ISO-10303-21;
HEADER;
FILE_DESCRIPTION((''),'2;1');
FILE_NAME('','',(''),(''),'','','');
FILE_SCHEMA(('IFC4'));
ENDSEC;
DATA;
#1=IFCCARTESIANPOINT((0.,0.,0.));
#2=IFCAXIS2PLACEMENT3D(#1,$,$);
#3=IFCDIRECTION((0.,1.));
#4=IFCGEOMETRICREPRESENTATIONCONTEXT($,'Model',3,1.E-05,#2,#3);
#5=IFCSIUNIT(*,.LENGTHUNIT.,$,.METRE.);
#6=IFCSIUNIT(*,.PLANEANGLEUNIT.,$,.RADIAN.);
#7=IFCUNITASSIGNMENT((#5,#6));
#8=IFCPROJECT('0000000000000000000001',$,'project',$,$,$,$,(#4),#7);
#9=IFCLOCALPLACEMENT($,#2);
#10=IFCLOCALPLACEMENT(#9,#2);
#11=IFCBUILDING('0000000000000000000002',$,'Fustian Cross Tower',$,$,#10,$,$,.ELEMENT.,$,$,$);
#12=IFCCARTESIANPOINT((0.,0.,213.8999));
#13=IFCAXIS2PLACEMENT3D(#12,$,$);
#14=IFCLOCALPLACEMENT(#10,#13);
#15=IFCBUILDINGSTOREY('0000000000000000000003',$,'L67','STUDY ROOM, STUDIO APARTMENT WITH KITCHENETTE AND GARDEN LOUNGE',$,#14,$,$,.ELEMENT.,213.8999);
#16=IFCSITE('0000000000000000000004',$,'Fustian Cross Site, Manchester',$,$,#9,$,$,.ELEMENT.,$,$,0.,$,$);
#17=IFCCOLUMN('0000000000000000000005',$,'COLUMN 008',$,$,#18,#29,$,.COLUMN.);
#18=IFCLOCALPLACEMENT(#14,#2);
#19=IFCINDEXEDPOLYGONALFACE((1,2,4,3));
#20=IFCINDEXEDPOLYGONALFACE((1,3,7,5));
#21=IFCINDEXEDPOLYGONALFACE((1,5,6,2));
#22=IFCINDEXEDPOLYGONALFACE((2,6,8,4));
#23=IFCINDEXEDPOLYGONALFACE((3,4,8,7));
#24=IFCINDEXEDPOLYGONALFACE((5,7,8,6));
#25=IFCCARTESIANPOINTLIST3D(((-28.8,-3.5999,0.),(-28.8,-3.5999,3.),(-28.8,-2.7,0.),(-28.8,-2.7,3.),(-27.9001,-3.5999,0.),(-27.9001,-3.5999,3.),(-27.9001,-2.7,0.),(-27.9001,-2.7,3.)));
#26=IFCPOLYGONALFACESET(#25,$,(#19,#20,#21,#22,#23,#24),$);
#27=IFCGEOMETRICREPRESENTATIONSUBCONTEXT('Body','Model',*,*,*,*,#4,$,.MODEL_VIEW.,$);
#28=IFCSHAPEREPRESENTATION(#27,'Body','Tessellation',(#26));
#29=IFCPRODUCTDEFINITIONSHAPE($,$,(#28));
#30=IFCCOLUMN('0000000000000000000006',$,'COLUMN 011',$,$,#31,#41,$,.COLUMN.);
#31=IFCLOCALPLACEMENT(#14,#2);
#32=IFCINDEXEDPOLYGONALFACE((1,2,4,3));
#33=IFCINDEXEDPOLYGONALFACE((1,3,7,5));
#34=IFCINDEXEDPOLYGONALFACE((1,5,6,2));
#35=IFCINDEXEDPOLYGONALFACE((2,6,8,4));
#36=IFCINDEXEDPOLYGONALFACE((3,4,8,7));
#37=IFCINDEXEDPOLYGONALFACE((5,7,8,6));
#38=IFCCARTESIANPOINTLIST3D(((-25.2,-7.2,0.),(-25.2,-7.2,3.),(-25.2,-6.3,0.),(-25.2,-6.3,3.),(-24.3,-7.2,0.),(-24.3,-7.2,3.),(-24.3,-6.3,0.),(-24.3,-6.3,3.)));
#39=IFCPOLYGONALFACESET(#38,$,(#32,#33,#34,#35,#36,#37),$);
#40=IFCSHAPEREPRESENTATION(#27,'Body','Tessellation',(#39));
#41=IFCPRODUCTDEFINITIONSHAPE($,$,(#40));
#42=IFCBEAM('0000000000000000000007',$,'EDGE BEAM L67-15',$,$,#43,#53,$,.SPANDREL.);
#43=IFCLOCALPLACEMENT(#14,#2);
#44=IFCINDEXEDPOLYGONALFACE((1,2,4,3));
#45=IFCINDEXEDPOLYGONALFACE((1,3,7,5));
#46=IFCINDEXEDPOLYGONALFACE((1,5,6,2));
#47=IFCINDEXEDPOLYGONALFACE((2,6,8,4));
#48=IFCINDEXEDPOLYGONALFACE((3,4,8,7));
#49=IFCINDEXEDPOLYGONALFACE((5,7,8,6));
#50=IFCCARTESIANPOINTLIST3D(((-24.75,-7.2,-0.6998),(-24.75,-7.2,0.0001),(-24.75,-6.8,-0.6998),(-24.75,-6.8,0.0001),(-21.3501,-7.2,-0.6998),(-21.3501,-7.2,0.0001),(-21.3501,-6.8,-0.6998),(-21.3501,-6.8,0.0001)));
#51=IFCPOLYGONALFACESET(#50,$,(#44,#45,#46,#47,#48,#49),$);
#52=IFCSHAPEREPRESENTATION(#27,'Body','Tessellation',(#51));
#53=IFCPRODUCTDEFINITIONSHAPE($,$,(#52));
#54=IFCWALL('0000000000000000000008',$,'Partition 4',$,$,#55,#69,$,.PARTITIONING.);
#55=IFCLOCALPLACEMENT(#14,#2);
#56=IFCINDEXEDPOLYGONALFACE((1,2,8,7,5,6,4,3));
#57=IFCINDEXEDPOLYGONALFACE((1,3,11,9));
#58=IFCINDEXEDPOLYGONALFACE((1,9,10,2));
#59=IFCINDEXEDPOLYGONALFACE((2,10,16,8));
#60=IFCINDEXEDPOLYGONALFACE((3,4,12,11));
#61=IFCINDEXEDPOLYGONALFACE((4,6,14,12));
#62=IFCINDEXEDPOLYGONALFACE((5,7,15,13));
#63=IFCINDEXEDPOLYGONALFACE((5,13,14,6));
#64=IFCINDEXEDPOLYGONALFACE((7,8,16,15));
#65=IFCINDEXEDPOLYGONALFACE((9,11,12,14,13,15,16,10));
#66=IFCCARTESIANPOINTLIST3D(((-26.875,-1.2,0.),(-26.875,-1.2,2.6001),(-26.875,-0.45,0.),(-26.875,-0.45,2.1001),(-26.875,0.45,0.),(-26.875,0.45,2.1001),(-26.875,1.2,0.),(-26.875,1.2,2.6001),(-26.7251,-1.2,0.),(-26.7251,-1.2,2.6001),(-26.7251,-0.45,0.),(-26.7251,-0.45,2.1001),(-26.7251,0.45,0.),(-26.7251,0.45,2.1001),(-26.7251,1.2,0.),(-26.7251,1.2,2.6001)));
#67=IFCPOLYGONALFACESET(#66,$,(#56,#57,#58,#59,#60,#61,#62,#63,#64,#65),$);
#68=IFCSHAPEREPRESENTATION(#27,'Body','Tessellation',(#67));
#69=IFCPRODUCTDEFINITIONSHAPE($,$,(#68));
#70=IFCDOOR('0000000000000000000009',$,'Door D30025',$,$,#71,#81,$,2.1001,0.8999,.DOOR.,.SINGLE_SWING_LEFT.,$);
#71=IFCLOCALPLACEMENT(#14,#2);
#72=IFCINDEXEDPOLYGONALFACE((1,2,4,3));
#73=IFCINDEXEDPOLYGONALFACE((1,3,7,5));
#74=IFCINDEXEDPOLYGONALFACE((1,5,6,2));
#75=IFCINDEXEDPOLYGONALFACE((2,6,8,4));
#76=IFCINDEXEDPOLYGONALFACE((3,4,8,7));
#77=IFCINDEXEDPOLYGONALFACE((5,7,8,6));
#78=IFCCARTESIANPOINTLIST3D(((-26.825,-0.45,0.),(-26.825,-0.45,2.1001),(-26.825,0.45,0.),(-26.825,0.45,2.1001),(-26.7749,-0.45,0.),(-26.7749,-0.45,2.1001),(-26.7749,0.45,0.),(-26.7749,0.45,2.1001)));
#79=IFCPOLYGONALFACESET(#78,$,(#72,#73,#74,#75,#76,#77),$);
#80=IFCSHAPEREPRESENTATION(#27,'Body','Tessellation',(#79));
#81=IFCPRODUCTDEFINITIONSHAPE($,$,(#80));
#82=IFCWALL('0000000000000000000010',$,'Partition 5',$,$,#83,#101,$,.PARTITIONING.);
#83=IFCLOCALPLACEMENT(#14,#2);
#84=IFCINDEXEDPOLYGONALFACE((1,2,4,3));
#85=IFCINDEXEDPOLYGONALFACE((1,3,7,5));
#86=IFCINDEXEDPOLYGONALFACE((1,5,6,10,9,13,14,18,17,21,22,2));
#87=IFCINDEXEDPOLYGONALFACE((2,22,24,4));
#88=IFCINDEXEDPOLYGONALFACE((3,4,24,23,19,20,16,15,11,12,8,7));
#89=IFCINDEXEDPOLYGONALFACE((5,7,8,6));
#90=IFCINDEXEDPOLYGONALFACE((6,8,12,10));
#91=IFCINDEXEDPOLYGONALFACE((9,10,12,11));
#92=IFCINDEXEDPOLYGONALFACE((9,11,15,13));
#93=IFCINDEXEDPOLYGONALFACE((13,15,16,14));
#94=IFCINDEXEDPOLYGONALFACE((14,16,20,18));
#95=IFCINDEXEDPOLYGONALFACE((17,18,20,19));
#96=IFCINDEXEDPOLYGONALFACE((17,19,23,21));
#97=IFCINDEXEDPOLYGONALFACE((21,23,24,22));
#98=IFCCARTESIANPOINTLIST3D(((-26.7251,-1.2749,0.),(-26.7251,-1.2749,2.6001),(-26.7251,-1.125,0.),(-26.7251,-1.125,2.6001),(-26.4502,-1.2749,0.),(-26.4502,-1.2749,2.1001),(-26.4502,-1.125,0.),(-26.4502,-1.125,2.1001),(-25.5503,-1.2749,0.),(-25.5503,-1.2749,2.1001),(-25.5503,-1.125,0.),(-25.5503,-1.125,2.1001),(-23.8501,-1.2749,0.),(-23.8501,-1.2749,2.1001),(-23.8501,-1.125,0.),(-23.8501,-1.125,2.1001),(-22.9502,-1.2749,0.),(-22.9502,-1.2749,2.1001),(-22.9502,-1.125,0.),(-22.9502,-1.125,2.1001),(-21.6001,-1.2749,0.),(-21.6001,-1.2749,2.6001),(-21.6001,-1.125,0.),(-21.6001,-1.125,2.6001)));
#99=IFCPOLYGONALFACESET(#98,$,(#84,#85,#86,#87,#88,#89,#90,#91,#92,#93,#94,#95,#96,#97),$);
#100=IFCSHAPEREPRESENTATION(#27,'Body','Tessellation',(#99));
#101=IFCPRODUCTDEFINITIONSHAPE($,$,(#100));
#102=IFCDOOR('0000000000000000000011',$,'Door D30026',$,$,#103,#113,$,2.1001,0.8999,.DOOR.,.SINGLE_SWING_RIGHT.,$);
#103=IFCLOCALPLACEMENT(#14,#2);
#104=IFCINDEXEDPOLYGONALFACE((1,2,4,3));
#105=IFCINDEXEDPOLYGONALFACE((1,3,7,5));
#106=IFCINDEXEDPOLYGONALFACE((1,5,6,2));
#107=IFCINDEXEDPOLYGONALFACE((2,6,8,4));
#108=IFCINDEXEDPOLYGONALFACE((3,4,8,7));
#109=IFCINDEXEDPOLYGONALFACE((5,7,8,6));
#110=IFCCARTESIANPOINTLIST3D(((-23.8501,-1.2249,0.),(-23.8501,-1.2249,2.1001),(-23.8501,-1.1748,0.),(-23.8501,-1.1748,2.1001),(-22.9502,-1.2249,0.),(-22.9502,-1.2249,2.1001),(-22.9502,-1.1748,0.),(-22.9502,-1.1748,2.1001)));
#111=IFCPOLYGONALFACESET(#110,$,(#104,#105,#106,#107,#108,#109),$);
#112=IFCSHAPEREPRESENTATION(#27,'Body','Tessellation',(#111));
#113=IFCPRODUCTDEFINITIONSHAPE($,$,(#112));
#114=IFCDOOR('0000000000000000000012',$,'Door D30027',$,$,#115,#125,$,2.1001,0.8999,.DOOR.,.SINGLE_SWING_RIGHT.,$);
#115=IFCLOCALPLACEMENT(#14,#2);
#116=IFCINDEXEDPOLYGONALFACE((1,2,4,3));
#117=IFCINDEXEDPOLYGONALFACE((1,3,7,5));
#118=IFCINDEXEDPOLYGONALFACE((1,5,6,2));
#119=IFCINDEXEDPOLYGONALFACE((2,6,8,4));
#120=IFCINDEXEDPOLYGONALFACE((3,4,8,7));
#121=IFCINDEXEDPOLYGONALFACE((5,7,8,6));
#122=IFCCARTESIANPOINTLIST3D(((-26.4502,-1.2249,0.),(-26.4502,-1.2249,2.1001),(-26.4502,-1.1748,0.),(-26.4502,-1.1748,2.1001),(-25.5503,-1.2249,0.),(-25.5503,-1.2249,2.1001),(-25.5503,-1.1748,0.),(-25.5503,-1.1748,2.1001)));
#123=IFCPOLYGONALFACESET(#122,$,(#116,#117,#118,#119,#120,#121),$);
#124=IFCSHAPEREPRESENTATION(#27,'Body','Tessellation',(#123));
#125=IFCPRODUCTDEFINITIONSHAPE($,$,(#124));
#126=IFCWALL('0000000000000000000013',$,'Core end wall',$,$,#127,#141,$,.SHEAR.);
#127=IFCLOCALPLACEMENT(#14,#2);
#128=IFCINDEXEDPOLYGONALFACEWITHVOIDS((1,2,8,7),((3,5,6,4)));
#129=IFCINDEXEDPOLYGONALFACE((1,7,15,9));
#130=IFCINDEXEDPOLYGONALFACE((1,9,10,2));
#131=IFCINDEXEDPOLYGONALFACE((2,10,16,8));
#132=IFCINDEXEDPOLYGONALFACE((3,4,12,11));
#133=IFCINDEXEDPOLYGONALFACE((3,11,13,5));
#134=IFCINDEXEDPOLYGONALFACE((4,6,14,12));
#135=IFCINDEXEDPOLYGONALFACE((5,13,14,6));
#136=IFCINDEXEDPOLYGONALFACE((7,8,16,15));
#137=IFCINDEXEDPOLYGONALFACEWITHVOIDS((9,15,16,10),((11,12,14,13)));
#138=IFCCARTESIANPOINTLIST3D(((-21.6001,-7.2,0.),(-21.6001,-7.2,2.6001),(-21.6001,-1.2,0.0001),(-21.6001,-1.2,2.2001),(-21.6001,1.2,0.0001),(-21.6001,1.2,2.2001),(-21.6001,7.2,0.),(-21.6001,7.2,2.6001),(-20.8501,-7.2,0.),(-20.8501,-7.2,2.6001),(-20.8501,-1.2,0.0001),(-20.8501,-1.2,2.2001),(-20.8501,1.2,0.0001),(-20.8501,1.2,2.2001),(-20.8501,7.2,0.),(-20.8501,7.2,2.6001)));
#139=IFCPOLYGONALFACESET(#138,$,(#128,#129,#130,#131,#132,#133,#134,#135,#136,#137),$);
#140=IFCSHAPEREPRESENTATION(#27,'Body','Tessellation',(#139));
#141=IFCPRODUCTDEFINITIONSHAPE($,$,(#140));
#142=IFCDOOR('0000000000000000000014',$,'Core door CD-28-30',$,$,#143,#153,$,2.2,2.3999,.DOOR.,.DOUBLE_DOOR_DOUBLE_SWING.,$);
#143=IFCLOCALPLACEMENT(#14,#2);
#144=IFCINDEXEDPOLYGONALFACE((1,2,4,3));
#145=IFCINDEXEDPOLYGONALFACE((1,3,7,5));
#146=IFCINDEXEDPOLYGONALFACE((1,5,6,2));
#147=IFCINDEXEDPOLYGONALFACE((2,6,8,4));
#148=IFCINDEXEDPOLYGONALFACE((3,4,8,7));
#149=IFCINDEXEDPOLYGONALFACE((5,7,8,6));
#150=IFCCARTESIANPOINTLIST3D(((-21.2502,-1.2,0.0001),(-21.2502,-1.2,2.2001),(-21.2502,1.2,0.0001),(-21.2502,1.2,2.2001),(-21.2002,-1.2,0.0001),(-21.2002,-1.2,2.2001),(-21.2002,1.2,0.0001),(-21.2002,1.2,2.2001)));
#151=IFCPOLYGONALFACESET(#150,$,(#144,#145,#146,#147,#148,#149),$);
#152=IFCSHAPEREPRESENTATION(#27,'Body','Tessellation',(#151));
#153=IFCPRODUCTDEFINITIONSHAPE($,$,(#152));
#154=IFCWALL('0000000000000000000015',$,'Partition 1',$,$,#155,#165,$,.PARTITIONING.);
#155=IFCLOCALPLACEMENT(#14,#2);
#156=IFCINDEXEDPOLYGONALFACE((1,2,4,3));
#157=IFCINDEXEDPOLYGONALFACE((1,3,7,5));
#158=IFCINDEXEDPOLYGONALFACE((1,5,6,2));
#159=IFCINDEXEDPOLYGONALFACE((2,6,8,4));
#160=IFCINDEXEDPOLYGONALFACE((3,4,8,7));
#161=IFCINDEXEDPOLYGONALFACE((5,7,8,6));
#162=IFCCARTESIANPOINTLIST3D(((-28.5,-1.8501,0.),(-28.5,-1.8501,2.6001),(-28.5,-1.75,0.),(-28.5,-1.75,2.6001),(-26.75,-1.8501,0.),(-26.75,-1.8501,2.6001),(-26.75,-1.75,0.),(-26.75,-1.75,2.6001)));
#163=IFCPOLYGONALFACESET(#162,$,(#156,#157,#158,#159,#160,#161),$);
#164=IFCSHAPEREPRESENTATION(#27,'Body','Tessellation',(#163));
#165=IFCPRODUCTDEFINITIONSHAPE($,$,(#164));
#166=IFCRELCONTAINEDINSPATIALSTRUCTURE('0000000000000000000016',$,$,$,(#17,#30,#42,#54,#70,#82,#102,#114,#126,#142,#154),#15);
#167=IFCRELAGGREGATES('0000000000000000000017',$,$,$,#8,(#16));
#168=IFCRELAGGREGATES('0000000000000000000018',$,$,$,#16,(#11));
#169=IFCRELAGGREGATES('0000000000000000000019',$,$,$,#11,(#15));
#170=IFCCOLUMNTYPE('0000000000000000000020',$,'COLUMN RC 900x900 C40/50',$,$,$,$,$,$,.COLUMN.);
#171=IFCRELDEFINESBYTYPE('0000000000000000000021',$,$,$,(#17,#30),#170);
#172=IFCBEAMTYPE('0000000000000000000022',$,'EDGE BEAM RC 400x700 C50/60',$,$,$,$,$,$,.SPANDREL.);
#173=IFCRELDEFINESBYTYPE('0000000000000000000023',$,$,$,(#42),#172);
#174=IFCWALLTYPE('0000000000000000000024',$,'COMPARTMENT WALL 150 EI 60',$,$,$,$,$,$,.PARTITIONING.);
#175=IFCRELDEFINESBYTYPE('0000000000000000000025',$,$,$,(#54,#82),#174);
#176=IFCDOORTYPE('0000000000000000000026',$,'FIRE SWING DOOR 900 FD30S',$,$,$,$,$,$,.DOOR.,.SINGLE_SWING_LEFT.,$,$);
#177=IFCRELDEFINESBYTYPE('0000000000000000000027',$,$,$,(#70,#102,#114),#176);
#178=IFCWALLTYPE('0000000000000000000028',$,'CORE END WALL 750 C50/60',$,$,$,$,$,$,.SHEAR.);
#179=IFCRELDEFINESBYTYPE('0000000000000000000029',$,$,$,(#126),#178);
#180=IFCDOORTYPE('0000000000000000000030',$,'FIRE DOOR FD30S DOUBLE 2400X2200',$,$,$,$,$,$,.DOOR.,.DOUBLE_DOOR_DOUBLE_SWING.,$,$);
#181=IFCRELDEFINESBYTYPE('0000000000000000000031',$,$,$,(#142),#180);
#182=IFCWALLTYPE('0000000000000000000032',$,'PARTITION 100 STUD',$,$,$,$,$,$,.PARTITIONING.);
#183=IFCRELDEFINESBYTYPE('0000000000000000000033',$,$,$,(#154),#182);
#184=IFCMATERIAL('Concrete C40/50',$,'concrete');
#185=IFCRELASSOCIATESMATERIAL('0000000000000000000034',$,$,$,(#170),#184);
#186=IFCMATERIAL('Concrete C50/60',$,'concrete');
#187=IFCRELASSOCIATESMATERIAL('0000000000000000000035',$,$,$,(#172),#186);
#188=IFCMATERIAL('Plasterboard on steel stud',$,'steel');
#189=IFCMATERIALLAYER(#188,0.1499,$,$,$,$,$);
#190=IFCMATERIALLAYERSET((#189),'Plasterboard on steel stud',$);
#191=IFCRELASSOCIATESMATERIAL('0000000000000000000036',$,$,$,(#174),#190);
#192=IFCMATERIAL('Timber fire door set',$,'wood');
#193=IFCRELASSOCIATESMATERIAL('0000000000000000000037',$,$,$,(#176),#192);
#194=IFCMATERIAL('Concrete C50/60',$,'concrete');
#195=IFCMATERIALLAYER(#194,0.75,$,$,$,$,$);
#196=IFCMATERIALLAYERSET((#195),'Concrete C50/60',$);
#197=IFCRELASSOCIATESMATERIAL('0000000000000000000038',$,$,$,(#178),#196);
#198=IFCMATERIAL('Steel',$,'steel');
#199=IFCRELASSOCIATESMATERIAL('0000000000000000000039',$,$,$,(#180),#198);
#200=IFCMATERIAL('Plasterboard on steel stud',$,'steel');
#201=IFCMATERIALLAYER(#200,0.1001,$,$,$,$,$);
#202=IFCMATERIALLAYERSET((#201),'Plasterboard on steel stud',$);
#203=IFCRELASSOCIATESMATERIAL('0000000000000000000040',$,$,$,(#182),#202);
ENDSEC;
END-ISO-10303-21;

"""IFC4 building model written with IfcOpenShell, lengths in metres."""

from ifc_helpers import new_model, si_unit, direction, frame, frame_2d, origin, origin_2d, place, context, subcontext, project, spatial, rectangle, extrude, material, layer, layer_set, material_profile, profile_set, type_object, element, fill, save


model = new_model("IFC4")

# Units and contexts
model_context = context("Model", 3, precision=1e-05, world=origin(), true_north=direction((0.0, 1.0)))
body_context = subcontext(model_context, "Body", "Model", "MODEL_VIEW")
ifc_project = project(units=[si_unit("LENGTHUNIT", "METRE"), si_unit("PLANEANGLEUNIT", "RADIAN")], contexts=[model_context])

# Site, building, storey
site_placement = place(None, origin())
site = spatial("IfcSite", under=ifc_project, at=site_placement, Name="Fustian Cross Site, Manchester", CompositionType="ELEMENT", RefElevation=0.0)
building_placement = place(site_placement, origin())
building = spatial("IfcBuilding", under=site, at=building_placement, Name="Fustian Cross Tower", CompositionType="ELEMENT")
storey_placement = place(building_placement, frame((0.0, 0.0, 213.8999)))
storey = spatial("IfcBuildingStorey", under=building, at=storey_placement, Name="L67", Description="STUDY ROOM, STUDIO APARTMENT WITH KITCHENETTE AND GARDEN LOUNGE", CompositionType="ELEMENT", Elevation=213.8999)

# Columns
ifc_material_1 = material(Name="Concrete C40/50", Category="concrete")
ifc_material_profile_1 = material_profile(ifc_material_1, rectangle(XDim=0.8999, YDim=0.8999, at=origin_2d()), Name="RC 900x900")
ifc_profile_set_1 = profile_set([ifc_material_profile_1], Name="Concrete C40/50")
column_type = type_object("IfcColumnType", Name="COLUMN RC 900x900 C40/50", PredefinedType="COLUMN", material=ifc_profile_set_1)
for number, where, z_axis, x_axis, name in (
    (1, (-28.3501, -3.1499, 0.0), (0.0, 0.0, 1.0), (1.0, 0.0, 0.0), "COLUMN 008"),
    (2, (-24.75, -6.75, 0.0), (0.0, 0.0, 1.0), (1.0, 0.0, 0.0), "COLUMN 011"),
):
    element("IfcColumn", number, at=place(storey_placement, frame(where, z_axis=z_axis, x_axis=x_axis)), inside=storey, type_object=column_type, Name=name, PredefinedType="COLUMN", context=body_context, shape_type="SweptSolid", body=[
        extrude(rectangle(XDim=0.8999, YDim=0.8999, at=origin_2d()), origin(), (0.0, 0.0, 1.0), 3.0),
    ])

# Beam
ifc_material_2 = material(Name="Concrete C50/60", Category="concrete")
ifc_material_profile_2 = material_profile(ifc_material_2, rectangle(XDim=0.3999, YDim=0.7, at=origin_2d()), Name="RC 400x700")
ifc_profile_set_2 = profile_set([ifc_material_profile_2], Name="Concrete C50/60")
beam_type = type_object("IfcBeamType", Name="EDGE BEAM RC 400x700 C50/60", PredefinedType="SPANDREL", material=ifc_profile_set_2)
beam_placement = place(storey_placement, frame((-24.75, -7.0, -0.3499), z_axis=(1.0, 0.0, 0.0), x_axis=(0.0, 1.0, 0.0)))
element("IfcBeam", 3, at=beam_placement, inside=storey, type_object=beam_type, Name="EDGE BEAM L67-15", PredefinedType="SPANDREL", context=body_context, shape_type="SweptSolid", body=[
    extrude(rectangle(XDim=0.3999, YDim=0.7, at=origin_2d()), origin(), (0.0, 0.0, 1.0), 3.3999),
])

# Wall, opening, door
ifc_material_3 = material(Name="Plasterboard on steel stud", Category="steel")
ifc_layer_1 = layer(ifc_material_3, 0.1499)
ifc_layer_set_1 = layer_set([ifc_layer_1], Name="Plasterboard on steel stud")
wall_type_1 = type_object("IfcWallType", Name="COMPARTMENT WALL 150 EI 60", PredefinedType="PARTITIONING", material=ifc_layer_set_1)
wall_1_placement = place(storey_placement, frame((-26.8, -1.2, 0.0), z_axis=(0.0, 0.0, 1.0), x_axis=(0.0, 1.0, 0.0)))
wall_1 = element("IfcWall", 4, at=wall_1_placement, inside=storey, type_object=wall_type_1, Name="Partition 4", PredefinedType="PARTITIONING", context=body_context, shape_type="SweptSolid", body=[
    extrude(rectangle(XDim=2.3999, YDim=0.1499, at=frame_2d((1.2, 0.0))), origin(), (0.0, 0.0, 1.0), 2.6001),
])
opening_1_placement = place(wall_1_placement, frame((0.75, 0.0, 0.0)))
opening_1 = element("IfcOpeningElement", 5, at=opening_1_placement, cuts=wall_1, PredefinedType="OPENING", context=body_context, shape_type="SweptSolid", body=[
    extrude(rectangle(XDim=0.8999, YDim=2.1001, at=frame_2d((0.45, 1.05))), frame((0.0, 0.085, 0.0), z_axis=(0.0, -1.0, 0.0), x_axis=(1.0, 0.0, 0.0)), (0.0, 0.0, 1.0), 0.1699),
])
ifc_material_4 = material(Name="Timber fire door set", Category="wood")
door_type_1 = type_object("IfcDoorType", Name="FIRE SWING DOOR 900 FD30S", OperationType="SINGLE_SWING_LEFT", PredefinedType="DOOR", material=ifc_material_4)
door_1_placement = place(opening_1_placement, origin())
door_1 = element("IfcDoor", 6, at=door_1_placement, inside=storey, type_object=door_type_1, Name="Door D30025", OperationType="SINGLE_SWING_LEFT", OverallHeight=2.1001, OverallWidth=0.8999, PredefinedType="DOOR", context=body_context, shape_type="SweptSolid", body=[
    extrude(rectangle(XDim=0.8999, YDim=2.1001, at=frame_2d((0.45, 1.05))), frame((0.0, 0.0249, 0.0), z_axis=(0.0, -1.0, 0.0), x_axis=(1.0, 0.0, 0.0)), (0.0, 0.0, 1.0), 0.05),
])
fill(opening_1, door_1)

# Wall, openings, doors
wall_2_placement = place(storey_placement, frame((-26.7251, -1.2, 0.0), z_axis=(0.0, 0.0, 1.0), x_axis=(1.0, 0.0, 0.0)))
wall_2 = element("IfcWall", 7, at=wall_2_placement, inside=storey, type_object=wall_type_1, Name="Partition 5", PredefinedType="PARTITIONING", context=body_context, shape_type="SweptSolid", body=[
    extrude(rectangle(XDim=5.125, YDim=0.1499, at=frame_2d((2.5625, 0.0))), origin(), (0.0, 0.0, 1.0), 2.6001),
])
opening_2_placement = place(wall_2_placement, frame((2.875, 0.0, 0.0)))
opening_2 = element("IfcOpeningElement", 8, at=opening_2_placement, cuts=wall_2, PredefinedType="OPENING", context=body_context, shape_type="SweptSolid", body=[
    extrude(rectangle(XDim=0.8999, YDim=2.1001, at=frame_2d((0.45, 1.05))), frame((0.0, 0.085, 0.0), z_axis=(0.0, -1.0, 0.0), x_axis=(1.0, 0.0, 0.0)), (0.0, 0.0, 1.0), 0.1699),
])
opening_3_placement = place(wall_2_placement, frame((0.2749, 0.0, 0.0)))
opening_3 = element("IfcOpeningElement", 9, at=opening_3_placement, cuts=wall_2, PredefinedType="OPENING", context=body_context, shape_type="SweptSolid", body=[
    extrude(rectangle(XDim=0.8999, YDim=2.1001, at=frame_2d((0.45, 1.05))), frame((0.0, 0.085, 0.0), z_axis=(0.0, -1.0, 0.0), x_axis=(1.0, 0.0, 0.0)), (0.0, 0.0, 1.0), 0.1699),
])
door_2_placement = place(opening_2_placement, frame((0.8999, 0.0, 0.0), z_axis=(0.0, 0.0, 1.0), x_axis=(-1.0, 0.0, 0.0)))
door_2 = element("IfcDoor", 10, at=door_2_placement, inside=storey, type_object=door_type_1, Name="Door D30026", OperationType="SINGLE_SWING_RIGHT", OverallHeight=2.1001, OverallWidth=0.8999, PredefinedType="DOOR", context=body_context, shape_type="SweptSolid", body=[
    extrude(rectangle(XDim=0.8999, YDim=2.1001, at=frame_2d((0.45, 1.05))), frame((0.0, 0.0249, 0.0), z_axis=(0.0, -1.0, 0.0), x_axis=(1.0, 0.0, 0.0)), (0.0, 0.0, 1.0), 0.05),
])
fill(opening_2, door_2)
door_3_placement = place(opening_3_placement, frame((0.8999, 0.0, 0.0), z_axis=(0.0, 0.0, 1.0), x_axis=(-1.0, 0.0, 0.0)))
door_3 = element("IfcDoor", 11, at=door_3_placement, inside=storey, type_object=door_type_1, Name="Door D30027", OperationType="SINGLE_SWING_RIGHT", OverallHeight=2.1001, OverallWidth=0.8999, PredefinedType="DOOR", context=body_context, shape_type="SweptSolid", body=[
    extrude(rectangle(XDim=0.8999, YDim=2.1001, at=frame_2d((0.45, 1.05))), frame((0.0, 0.0249, 0.0), z_axis=(0.0, -1.0, 0.0), x_axis=(1.0, 0.0, 0.0)), (0.0, 0.0, 1.0), 0.05),
])
fill(opening_3, door_3)

# Wall, opening, door
ifc_material_5 = material(Name="Concrete C50/60", Category="concrete")
ifc_layer_2 = layer(ifc_material_5, 0.75)
ifc_layer_set_2 = layer_set([ifc_layer_2], Name="Concrete C50/60")
wall_type_2 = type_object("IfcWallType", Name="CORE END WALL 750 C50/60", PredefinedType="SHEAR", material=ifc_layer_set_2)
wall_3_placement = place(storey_placement, frame((-21.2251, -7.2, 0.0), z_axis=(0.0, 0.0, 1.0), x_axis=(0.0, 1.0, 0.0)))
wall_3 = element("IfcWall", 12, at=wall_3_placement, inside=storey, type_object=wall_type_2, Name="Core end wall", PredefinedType="SHEAR", context=body_context, shape_type="SweptSolid", body=[
    extrude(rectangle(XDim=14.3999, YDim=0.75, at=frame_2d((7.2, 0.0))), origin(), (0.0, 0.0, 1.0), 2.6001),
])
opening_4_placement = place(wall_3_placement, frame((6.0, 0.0, 0.0)))
opening_4 = element("IfcOpeningElement", 13, at=opening_4_placement, cuts=wall_3, PredefinedType="OPENING", context=body_context, shape_type="SweptSolid", body=[
    extrude(rectangle(XDim=2.3999, YDim=2.2, at=frame_2d((1.2, 1.1001))), frame((0.0, 0.385, 0.0), z_axis=(0.0, -1.0, 0.0), x_axis=(1.0, 0.0, 0.0)), (0.0, 0.0, 1.0), 0.77),
])
ifc_material_6 = material(Name="Steel", Category="steel")
door_type_2 = type_object("IfcDoorType", Name="FIRE DOOR FD30S DOUBLE 2400X2200", OperationType="DOUBLE_DOOR_DOUBLE_SWING", PredefinedType="DOOR", material=ifc_material_6)
door_4_placement = place(opening_4_placement, frame((2.3999, 0.0, 0.0), z_axis=(0.0, 0.0, 1.0), x_axis=(-1.0, 0.0, 0.0)))
door_4 = element("IfcDoor", 14, at=door_4_placement, inside=storey, type_object=door_type_2, Name="Core door CD-28-30", OperationType="DOUBLE_DOOR_DOUBLE_SWING", OverallHeight=2.2, OverallWidth=2.3999, PredefinedType="DOOR", context=body_context, shape_type="SweptSolid", body=[
    extrude(rectangle(XDim=2.3999, YDim=2.2, at=frame_2d((1.2, 1.1001))), frame((0.0, 0.0249, 0.0), z_axis=(0.0, -1.0, 0.0), x_axis=(1.0, 0.0, 0.0)), (0.0, 0.0, 1.0), 0.05),
])
fill(opening_4, door_4)

# Wall
ifc_material_7 = material(Name="Plasterboard on steel stud", Category="steel")
ifc_layer_3 = layer(ifc_material_7, 0.1001)
ifc_layer_set_3 = layer_set([ifc_layer_3], Name="Plasterboard on steel stud")
wall_type_3 = type_object("IfcWallType", Name="PARTITION 100 STUD", PredefinedType="PARTITIONING", material=ifc_layer_set_3)
wall_4_placement = place(storey_placement, frame((-28.5, -1.8, 0.0), z_axis=(0.0, 0.0, 1.0), x_axis=(1.0, 0.0, 0.0)))
element("IfcWall", 15, at=wall_4_placement, inside=storey, type_object=wall_type_3, Name="Partition 1", PredefinedType="PARTITIONING", context=body_context, shape_type="SweptSolid", body=[
    extrude(rectangle(XDim=1.75, YDim=0.1001, at=frame_2d((0.875, 0.0))), origin(), (0.0, 0.0, 1.0), 2.6001),
])

save(model, "model.ifc")
